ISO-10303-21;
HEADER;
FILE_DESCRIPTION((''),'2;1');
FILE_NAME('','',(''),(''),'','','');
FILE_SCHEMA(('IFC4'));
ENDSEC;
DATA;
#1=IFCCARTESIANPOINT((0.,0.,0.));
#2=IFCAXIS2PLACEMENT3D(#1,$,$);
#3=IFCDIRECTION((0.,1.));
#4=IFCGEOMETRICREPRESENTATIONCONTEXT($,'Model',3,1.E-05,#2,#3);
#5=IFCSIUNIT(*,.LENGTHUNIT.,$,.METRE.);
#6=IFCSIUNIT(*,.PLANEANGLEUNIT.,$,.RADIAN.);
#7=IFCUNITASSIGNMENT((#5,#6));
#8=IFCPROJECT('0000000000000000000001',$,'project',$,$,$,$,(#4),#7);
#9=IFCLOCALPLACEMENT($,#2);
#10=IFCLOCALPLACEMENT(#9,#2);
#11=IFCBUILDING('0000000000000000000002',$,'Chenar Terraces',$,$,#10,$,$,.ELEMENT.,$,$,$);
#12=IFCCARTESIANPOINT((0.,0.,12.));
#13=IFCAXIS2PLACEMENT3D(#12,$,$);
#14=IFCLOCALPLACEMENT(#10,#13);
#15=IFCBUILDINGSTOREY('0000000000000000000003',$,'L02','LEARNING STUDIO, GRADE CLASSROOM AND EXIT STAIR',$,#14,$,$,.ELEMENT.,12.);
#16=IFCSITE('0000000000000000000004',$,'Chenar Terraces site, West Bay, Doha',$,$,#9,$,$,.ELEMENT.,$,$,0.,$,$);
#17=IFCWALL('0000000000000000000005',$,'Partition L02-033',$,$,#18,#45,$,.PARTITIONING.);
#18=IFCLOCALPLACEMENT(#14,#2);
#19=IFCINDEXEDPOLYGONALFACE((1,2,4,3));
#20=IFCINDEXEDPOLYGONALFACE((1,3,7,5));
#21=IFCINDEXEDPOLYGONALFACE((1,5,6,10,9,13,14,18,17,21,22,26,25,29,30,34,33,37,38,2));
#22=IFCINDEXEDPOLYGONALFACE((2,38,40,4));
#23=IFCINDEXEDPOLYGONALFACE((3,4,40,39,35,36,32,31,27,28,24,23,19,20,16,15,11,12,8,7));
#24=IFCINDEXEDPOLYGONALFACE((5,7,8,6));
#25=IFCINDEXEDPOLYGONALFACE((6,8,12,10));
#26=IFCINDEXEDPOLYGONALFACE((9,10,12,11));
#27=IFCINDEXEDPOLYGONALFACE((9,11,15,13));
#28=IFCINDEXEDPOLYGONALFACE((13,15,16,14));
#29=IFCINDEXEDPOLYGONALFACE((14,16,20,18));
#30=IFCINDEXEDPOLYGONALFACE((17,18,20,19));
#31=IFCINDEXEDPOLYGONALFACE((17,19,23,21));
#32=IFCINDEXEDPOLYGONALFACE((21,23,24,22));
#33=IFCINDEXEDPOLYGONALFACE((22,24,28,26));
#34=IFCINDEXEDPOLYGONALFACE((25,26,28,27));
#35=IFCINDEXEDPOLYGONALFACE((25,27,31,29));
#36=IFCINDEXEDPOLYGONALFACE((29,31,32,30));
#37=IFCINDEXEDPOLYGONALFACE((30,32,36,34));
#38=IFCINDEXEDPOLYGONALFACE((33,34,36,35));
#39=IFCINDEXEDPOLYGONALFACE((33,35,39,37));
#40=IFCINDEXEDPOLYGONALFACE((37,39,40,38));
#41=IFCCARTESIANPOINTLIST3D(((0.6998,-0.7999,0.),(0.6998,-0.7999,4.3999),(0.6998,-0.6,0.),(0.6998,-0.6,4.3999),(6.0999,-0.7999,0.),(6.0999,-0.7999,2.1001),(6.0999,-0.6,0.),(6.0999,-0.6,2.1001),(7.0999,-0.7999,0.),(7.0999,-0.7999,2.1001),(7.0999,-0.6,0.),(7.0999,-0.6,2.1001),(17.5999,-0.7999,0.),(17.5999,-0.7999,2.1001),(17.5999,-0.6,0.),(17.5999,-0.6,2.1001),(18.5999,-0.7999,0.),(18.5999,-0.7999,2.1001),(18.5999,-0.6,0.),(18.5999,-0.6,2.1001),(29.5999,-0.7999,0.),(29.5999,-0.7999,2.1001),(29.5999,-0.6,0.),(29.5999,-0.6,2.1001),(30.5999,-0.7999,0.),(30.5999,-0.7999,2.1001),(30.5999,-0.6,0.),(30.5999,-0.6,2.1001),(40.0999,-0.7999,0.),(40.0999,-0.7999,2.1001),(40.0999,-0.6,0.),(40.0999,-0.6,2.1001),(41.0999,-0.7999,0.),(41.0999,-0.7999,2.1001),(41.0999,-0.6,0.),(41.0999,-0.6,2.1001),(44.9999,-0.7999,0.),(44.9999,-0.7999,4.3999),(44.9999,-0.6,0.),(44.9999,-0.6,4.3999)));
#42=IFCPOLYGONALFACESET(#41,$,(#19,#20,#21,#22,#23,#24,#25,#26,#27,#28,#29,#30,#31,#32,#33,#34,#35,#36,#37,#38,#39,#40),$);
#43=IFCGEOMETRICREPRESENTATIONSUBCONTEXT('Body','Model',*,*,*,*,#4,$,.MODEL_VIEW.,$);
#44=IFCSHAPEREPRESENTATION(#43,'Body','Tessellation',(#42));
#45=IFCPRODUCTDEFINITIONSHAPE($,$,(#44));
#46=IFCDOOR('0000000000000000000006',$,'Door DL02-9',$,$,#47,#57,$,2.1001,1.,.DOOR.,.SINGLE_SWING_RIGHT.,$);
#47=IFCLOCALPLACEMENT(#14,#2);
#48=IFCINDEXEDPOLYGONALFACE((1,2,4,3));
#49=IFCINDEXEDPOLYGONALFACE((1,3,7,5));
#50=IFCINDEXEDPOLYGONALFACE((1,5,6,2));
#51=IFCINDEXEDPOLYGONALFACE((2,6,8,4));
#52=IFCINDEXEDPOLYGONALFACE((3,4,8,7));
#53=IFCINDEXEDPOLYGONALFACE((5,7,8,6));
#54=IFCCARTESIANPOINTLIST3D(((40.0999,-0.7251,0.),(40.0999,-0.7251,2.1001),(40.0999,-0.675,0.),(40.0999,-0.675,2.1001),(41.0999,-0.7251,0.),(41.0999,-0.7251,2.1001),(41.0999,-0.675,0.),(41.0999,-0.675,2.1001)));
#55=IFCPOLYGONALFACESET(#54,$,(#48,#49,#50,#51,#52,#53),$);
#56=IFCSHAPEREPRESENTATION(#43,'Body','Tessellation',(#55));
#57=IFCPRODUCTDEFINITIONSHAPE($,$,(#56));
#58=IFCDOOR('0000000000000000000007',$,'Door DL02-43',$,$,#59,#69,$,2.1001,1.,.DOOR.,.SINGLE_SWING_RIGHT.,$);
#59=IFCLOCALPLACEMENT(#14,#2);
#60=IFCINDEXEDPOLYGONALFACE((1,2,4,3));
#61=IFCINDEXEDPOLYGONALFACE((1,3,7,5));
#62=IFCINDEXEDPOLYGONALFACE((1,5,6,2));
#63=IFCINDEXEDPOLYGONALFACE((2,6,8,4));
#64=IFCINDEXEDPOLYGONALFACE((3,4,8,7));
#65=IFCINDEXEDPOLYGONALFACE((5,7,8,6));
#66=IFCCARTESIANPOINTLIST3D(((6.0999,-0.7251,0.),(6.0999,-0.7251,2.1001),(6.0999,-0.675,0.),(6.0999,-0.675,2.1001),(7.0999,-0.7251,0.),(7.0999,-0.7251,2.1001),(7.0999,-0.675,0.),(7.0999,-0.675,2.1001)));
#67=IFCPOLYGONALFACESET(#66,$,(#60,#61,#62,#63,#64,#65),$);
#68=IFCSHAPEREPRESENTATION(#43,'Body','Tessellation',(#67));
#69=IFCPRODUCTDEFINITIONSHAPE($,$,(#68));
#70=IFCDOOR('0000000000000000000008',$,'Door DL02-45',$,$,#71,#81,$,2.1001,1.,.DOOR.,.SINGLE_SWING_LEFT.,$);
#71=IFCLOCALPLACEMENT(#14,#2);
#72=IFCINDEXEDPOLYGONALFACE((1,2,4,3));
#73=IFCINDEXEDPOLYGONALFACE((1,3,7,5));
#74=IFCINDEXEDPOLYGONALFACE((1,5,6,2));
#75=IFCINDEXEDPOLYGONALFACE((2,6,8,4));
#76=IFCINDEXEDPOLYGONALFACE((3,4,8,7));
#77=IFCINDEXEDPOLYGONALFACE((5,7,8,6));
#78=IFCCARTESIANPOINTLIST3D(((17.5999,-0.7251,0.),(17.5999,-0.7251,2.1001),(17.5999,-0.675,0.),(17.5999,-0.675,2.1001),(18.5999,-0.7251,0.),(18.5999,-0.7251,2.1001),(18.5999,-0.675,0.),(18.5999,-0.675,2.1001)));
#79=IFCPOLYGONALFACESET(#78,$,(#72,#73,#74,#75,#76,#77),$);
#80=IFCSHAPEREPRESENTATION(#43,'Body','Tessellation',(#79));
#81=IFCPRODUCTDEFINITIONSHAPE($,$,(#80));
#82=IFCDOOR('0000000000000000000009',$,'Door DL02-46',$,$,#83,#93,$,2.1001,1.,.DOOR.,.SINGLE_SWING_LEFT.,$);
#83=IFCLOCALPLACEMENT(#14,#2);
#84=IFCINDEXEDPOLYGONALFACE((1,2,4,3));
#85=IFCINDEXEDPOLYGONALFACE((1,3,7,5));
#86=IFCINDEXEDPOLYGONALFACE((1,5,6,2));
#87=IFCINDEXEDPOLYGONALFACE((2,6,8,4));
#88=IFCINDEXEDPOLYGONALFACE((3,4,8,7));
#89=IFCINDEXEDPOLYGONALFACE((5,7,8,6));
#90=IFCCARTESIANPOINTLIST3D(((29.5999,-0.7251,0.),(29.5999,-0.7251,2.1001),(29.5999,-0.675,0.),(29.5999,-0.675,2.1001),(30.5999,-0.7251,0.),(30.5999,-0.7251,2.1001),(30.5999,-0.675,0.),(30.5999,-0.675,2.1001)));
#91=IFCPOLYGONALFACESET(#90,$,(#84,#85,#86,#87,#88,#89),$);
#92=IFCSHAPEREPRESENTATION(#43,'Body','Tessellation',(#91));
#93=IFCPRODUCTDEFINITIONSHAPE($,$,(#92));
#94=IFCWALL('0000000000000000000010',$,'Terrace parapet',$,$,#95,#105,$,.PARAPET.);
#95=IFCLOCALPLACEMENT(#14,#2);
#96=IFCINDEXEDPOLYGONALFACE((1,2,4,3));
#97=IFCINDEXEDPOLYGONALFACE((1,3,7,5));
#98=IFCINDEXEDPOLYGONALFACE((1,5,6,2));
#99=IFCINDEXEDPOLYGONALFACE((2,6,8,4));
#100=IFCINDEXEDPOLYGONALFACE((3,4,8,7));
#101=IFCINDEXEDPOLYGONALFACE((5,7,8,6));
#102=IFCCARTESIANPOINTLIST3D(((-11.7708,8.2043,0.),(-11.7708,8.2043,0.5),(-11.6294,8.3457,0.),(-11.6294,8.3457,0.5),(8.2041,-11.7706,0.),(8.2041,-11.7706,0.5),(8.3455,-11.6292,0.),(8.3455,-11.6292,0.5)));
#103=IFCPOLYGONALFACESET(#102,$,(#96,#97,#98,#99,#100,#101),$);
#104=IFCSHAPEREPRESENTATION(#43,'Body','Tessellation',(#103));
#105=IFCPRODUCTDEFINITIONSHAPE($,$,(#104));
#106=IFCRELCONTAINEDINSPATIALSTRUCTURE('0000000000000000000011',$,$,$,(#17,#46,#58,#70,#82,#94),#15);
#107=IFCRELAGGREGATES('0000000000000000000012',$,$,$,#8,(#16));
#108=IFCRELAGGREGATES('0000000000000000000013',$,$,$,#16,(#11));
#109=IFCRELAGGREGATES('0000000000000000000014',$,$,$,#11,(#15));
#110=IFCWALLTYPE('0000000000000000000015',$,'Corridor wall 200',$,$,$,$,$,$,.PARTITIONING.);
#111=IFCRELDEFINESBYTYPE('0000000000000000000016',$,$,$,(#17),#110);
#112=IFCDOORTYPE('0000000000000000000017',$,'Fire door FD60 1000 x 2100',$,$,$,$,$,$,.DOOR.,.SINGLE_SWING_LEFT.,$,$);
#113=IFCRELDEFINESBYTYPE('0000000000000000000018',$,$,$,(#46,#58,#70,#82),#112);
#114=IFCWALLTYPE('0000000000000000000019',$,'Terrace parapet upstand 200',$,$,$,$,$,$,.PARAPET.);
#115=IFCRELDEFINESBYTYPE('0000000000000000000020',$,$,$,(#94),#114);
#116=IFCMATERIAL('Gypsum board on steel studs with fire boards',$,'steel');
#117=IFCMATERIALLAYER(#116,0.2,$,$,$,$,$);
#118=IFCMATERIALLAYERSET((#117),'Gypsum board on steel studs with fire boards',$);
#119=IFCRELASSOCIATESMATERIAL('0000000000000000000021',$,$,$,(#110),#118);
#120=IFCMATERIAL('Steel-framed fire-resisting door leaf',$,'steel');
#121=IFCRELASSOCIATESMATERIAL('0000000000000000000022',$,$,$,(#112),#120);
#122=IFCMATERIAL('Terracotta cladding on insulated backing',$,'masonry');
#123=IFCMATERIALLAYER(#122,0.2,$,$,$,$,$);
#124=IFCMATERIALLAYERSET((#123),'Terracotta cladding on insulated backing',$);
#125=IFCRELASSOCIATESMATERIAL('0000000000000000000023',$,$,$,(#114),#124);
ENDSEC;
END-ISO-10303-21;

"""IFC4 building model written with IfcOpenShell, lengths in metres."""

from ifc_helpers import new_model, si_unit, direction, frame, frame_2d, origin, place, context, subcontext, project, spatial, rectangle, extrude, material, layer, layer_set, type_object, element, fill, save


model = new_model("IFC4")

# Units and contexts
model_context = context("Model", 3, precision=1e-05, world=origin(), true_north=direction((0.0, 1.0)))
body_context = subcontext(model_context, "Body", "Model", "MODEL_VIEW")
ifc_project = project(units=[si_unit("LENGTHUNIT", "METRE"), si_unit("PLANEANGLEUNIT", "RADIAN")], contexts=[model_context])

# Site, building, storey
site_placement = place(None, origin())
site = spatial("IfcSite", under=ifc_project, at=site_placement, Name="Chenar Terraces site, West Bay, Doha", CompositionType="ELEMENT", RefElevation=0.0)
building_placement = place(site_placement, origin())
building = spatial("IfcBuilding", under=site, at=building_placement, Name="Chenar Terraces", CompositionType="ELEMENT")
storey_placement = place(building_placement, frame((0.0, 0.0, 12.0)))
storey = spatial("IfcBuildingStorey", under=building, at=storey_placement, Name="L02", Description="LEARNING STUDIO, GRADE CLASSROOM AND EXIT STAIR", CompositionType="ELEMENT", Elevation=12.0)

# Wall, openings, doors
ifc_material_1 = material(Name="Gypsum board on steel studs with fire boards", Category="steel")
ifc_layer_1 = layer(ifc_material_1, 0.2)
ifc_layer_set_1 = layer_set([ifc_layer_1], Name="Gypsum board on steel studs with fire boards")
wall_type_1 = type_object("IfcWallType", Name="Corridor wall 200", PredefinedType="PARTITIONING", material=ifc_layer_set_1)
wall_1_placement = place(storey_placement, frame((0.7, -0.7, 0.0), z_axis=(0.0, 0.0, 1.0), x_axis=(1.0, 0.0, 0.0)))
wall_1 = element("IfcWall", 1, at=wall_1_placement, inside=storey, type_object=wall_type_1, Name="Partition L02-033", PredefinedType="PARTITIONING", context=body_context, shape_type="SweptSolid", body=[
    extrude(rectangle(XDim=44.3, YDim=0.2, at=frame_2d((22.1499, 0.0))), origin(), (0.0, 0.0, 1.0), 4.3999),
])
opening_1_placement = place(wall_1_placement, frame((39.3999, 0.0, 0.0)))
opening_1 = element("IfcOpeningElement", 2, at=opening_1_placement, cuts=wall_1, PredefinedType="OPENING", context=body_context, shape_type="SweptSolid", body=[
    extrude(rectangle(XDim=1.0, YDim=2.1001, at=frame_2d((0.5, 1.05))), frame((0.0, 0.1099, 0.0), z_axis=(0.0, -1.0, 0.0), x_axis=(1.0, 0.0, 0.0)), (0.0, 0.0, 1.0), 0.22),
])
opening_2_placement = place(wall_1_placement, frame((5.3999, 0.0, 0.0)))
opening_2 = element("IfcOpeningElement", 3, at=opening_2_placement, cuts=wall_1, PredefinedType="OPENING", context=body_context, shape_type="SweptSolid", body=[
    extrude(rectangle(XDim=1.0, YDim=2.1001, at=frame_2d((0.5, 1.05))), frame((0.0, 0.1099, 0.0), z_axis=(0.0, -1.0, 0.0), x_axis=(1.0, 0.0, 0.0)), (0.0, 0.0, 1.0), 0.22),
])
opening_3_placement = place(wall_1_placement, frame((16.8999, 0.0, 0.0)))
opening_3 = element("IfcOpeningElement", 4, at=opening_3_placement, cuts=wall_1, PredefinedType="OPENING", context=body_context, shape_type="SweptSolid", body=[
    extrude(rectangle(XDim=1.0, YDim=2.1001, at=frame_2d((0.5, 1.05))), frame((0.0, 0.1099, 0.0), z_axis=(0.0, -1.0, 0.0), x_axis=(1.0, 0.0, 0.0)), (0.0, 0.0, 1.0), 0.22),
])
opening_4_placement = place(wall_1_placement, frame((28.8999, 0.0, 0.0)))
opening_4 = element("IfcOpeningElement", 5, at=opening_4_placement, cuts=wall_1, PredefinedType="OPENING", context=body_context, shape_type="SweptSolid", body=[
    extrude(rectangle(XDim=1.0, YDim=2.1001, at=frame_2d((0.5, 1.05))), frame((0.0, 0.1099, 0.0), z_axis=(0.0, -1.0, 0.0), x_axis=(1.0, 0.0, 0.0)), (0.0, 0.0, 1.0), 0.22),
])
ifc_material_2 = material(Name="Steel-framed fire-resisting door leaf", Category="steel")
door_type_1 = type_object("IfcDoorType", Name="Fire door FD60 1000 x 2100", OperationType="SINGLE_SWING_LEFT", PredefinedType="DOOR", material=ifc_material_2)
door_1_placement = place(opening_1_placement, origin())
door_1 = element("IfcDoor", 6, at=door_1_placement, inside=storey, type_object=door_type_1, Name="Door DL02-9", OperationType="SINGLE_SWING_RIGHT", OverallHeight=2.1001, OverallWidth=1.0, PredefinedType="DOOR", context=body_context, shape_type="SweptSolid", body=[
    extrude(rectangle(XDim=1.0, YDim=2.1001, at=frame_2d((0.5, 1.05))), frame((0.0, 0.0249, 0.0), z_axis=(0.0, -1.0, 0.0), x_axis=(1.0, 0.0, 0.0)), (0.0, 0.0, 1.0), 0.05),
])
fill(opening_1, door_1)
door_2_placement = place(opening_2_placement, origin())
door_2 = element("IfcDoor", 7, at=door_2_placement, inside=storey, type_object=door_type_1, Name="Door DL02-43", OperationType="SINGLE_SWING_RIGHT", OverallHeight=2.1001, OverallWidth=1.0, PredefinedType="DOOR", context=body_context, shape_type="SweptSolid", body=[
    extrude(rectangle(XDim=1.0, YDim=2.1001, at=frame_2d((0.5, 1.05))), frame((0.0, 0.0249, 0.0), z_axis=(0.0, -1.0, 0.0), x_axis=(1.0, 0.0, 0.0)), (0.0, 0.0, 1.0), 0.05),
])
fill(opening_2, door_2)
door_3_placement = place(opening_3_placement, origin())
door_3 = element("IfcDoor", 8, at=door_3_placement, inside=storey, type_object=door_type_1, Name="Door DL02-45", OperationType="SINGLE_SWING_LEFT", OverallHeight=2.1001, OverallWidth=1.0, PredefinedType="DOOR", context=body_context, shape_type="SweptSolid", body=[
    extrude(rectangle(XDim=1.0, YDim=2.1001, at=frame_2d((0.5, 1.05))), frame((0.0, 0.0249, 0.0), z_axis=(0.0, -1.0, 0.0), x_axis=(1.0, 0.0, 0.0)), (0.0, 0.0, 1.0), 0.05),
])
fill(opening_3, door_3)
door_4_placement = place(opening_4_placement, origin())
door_4 = element("IfcDoor", 9, at=door_4_placement, inside=storey, type_object=door_type_1, Name="Door DL02-46", OperationType="SINGLE_SWING_LEFT", OverallHeight=2.1001, OverallWidth=1.0, PredefinedType="DOOR", context=body_context, shape_type="SweptSolid", body=[
    extrude(rectangle(XDim=1.0, YDim=2.1001, at=frame_2d((0.5, 1.05))), frame((0.0, 0.0249, 0.0), z_axis=(0.0, -1.0, 0.0), x_axis=(1.0, 0.0, 0.0)), (0.0, 0.0, 1.0), 0.05),
])
fill(opening_4, door_4)

# Wall
ifc_material_3 = material(Name="Terracotta cladding on insulated backing", Category="masonry")
ifc_layer_2 = layer(ifc_material_3, 0.2)
ifc_layer_set_2 = layer_set([ifc_layer_2], Name="Terracotta cladding on insulated backing")
wall_type_2 = type_object("IfcWallType", Name="Terrace parapet upstand 200", PredefinedType="PARAPET", material=ifc_layer_set_2)
wall_2_placement = place(storey_placement, frame((8.2749, -11.7, 0.0), z_axis=(0.0, 0.0, 1.0), x_axis=(-0.707107, 0.707107, 0.0)))
element("IfcWall", 10, at=wall_2_placement, inside=storey, type_object=wall_type_2, Name="Terrace parapet", PredefinedType="PARAPET", context=body_context, shape_type="SweptSolid", body=[
    extrude(rectangle(XDim=28.2488, YDim=0.2, at=frame_2d((14.1245, 0.0))), origin(), (0.0, 0.0, 1.0), 0.5),
])

save(model, "model.ifc")
